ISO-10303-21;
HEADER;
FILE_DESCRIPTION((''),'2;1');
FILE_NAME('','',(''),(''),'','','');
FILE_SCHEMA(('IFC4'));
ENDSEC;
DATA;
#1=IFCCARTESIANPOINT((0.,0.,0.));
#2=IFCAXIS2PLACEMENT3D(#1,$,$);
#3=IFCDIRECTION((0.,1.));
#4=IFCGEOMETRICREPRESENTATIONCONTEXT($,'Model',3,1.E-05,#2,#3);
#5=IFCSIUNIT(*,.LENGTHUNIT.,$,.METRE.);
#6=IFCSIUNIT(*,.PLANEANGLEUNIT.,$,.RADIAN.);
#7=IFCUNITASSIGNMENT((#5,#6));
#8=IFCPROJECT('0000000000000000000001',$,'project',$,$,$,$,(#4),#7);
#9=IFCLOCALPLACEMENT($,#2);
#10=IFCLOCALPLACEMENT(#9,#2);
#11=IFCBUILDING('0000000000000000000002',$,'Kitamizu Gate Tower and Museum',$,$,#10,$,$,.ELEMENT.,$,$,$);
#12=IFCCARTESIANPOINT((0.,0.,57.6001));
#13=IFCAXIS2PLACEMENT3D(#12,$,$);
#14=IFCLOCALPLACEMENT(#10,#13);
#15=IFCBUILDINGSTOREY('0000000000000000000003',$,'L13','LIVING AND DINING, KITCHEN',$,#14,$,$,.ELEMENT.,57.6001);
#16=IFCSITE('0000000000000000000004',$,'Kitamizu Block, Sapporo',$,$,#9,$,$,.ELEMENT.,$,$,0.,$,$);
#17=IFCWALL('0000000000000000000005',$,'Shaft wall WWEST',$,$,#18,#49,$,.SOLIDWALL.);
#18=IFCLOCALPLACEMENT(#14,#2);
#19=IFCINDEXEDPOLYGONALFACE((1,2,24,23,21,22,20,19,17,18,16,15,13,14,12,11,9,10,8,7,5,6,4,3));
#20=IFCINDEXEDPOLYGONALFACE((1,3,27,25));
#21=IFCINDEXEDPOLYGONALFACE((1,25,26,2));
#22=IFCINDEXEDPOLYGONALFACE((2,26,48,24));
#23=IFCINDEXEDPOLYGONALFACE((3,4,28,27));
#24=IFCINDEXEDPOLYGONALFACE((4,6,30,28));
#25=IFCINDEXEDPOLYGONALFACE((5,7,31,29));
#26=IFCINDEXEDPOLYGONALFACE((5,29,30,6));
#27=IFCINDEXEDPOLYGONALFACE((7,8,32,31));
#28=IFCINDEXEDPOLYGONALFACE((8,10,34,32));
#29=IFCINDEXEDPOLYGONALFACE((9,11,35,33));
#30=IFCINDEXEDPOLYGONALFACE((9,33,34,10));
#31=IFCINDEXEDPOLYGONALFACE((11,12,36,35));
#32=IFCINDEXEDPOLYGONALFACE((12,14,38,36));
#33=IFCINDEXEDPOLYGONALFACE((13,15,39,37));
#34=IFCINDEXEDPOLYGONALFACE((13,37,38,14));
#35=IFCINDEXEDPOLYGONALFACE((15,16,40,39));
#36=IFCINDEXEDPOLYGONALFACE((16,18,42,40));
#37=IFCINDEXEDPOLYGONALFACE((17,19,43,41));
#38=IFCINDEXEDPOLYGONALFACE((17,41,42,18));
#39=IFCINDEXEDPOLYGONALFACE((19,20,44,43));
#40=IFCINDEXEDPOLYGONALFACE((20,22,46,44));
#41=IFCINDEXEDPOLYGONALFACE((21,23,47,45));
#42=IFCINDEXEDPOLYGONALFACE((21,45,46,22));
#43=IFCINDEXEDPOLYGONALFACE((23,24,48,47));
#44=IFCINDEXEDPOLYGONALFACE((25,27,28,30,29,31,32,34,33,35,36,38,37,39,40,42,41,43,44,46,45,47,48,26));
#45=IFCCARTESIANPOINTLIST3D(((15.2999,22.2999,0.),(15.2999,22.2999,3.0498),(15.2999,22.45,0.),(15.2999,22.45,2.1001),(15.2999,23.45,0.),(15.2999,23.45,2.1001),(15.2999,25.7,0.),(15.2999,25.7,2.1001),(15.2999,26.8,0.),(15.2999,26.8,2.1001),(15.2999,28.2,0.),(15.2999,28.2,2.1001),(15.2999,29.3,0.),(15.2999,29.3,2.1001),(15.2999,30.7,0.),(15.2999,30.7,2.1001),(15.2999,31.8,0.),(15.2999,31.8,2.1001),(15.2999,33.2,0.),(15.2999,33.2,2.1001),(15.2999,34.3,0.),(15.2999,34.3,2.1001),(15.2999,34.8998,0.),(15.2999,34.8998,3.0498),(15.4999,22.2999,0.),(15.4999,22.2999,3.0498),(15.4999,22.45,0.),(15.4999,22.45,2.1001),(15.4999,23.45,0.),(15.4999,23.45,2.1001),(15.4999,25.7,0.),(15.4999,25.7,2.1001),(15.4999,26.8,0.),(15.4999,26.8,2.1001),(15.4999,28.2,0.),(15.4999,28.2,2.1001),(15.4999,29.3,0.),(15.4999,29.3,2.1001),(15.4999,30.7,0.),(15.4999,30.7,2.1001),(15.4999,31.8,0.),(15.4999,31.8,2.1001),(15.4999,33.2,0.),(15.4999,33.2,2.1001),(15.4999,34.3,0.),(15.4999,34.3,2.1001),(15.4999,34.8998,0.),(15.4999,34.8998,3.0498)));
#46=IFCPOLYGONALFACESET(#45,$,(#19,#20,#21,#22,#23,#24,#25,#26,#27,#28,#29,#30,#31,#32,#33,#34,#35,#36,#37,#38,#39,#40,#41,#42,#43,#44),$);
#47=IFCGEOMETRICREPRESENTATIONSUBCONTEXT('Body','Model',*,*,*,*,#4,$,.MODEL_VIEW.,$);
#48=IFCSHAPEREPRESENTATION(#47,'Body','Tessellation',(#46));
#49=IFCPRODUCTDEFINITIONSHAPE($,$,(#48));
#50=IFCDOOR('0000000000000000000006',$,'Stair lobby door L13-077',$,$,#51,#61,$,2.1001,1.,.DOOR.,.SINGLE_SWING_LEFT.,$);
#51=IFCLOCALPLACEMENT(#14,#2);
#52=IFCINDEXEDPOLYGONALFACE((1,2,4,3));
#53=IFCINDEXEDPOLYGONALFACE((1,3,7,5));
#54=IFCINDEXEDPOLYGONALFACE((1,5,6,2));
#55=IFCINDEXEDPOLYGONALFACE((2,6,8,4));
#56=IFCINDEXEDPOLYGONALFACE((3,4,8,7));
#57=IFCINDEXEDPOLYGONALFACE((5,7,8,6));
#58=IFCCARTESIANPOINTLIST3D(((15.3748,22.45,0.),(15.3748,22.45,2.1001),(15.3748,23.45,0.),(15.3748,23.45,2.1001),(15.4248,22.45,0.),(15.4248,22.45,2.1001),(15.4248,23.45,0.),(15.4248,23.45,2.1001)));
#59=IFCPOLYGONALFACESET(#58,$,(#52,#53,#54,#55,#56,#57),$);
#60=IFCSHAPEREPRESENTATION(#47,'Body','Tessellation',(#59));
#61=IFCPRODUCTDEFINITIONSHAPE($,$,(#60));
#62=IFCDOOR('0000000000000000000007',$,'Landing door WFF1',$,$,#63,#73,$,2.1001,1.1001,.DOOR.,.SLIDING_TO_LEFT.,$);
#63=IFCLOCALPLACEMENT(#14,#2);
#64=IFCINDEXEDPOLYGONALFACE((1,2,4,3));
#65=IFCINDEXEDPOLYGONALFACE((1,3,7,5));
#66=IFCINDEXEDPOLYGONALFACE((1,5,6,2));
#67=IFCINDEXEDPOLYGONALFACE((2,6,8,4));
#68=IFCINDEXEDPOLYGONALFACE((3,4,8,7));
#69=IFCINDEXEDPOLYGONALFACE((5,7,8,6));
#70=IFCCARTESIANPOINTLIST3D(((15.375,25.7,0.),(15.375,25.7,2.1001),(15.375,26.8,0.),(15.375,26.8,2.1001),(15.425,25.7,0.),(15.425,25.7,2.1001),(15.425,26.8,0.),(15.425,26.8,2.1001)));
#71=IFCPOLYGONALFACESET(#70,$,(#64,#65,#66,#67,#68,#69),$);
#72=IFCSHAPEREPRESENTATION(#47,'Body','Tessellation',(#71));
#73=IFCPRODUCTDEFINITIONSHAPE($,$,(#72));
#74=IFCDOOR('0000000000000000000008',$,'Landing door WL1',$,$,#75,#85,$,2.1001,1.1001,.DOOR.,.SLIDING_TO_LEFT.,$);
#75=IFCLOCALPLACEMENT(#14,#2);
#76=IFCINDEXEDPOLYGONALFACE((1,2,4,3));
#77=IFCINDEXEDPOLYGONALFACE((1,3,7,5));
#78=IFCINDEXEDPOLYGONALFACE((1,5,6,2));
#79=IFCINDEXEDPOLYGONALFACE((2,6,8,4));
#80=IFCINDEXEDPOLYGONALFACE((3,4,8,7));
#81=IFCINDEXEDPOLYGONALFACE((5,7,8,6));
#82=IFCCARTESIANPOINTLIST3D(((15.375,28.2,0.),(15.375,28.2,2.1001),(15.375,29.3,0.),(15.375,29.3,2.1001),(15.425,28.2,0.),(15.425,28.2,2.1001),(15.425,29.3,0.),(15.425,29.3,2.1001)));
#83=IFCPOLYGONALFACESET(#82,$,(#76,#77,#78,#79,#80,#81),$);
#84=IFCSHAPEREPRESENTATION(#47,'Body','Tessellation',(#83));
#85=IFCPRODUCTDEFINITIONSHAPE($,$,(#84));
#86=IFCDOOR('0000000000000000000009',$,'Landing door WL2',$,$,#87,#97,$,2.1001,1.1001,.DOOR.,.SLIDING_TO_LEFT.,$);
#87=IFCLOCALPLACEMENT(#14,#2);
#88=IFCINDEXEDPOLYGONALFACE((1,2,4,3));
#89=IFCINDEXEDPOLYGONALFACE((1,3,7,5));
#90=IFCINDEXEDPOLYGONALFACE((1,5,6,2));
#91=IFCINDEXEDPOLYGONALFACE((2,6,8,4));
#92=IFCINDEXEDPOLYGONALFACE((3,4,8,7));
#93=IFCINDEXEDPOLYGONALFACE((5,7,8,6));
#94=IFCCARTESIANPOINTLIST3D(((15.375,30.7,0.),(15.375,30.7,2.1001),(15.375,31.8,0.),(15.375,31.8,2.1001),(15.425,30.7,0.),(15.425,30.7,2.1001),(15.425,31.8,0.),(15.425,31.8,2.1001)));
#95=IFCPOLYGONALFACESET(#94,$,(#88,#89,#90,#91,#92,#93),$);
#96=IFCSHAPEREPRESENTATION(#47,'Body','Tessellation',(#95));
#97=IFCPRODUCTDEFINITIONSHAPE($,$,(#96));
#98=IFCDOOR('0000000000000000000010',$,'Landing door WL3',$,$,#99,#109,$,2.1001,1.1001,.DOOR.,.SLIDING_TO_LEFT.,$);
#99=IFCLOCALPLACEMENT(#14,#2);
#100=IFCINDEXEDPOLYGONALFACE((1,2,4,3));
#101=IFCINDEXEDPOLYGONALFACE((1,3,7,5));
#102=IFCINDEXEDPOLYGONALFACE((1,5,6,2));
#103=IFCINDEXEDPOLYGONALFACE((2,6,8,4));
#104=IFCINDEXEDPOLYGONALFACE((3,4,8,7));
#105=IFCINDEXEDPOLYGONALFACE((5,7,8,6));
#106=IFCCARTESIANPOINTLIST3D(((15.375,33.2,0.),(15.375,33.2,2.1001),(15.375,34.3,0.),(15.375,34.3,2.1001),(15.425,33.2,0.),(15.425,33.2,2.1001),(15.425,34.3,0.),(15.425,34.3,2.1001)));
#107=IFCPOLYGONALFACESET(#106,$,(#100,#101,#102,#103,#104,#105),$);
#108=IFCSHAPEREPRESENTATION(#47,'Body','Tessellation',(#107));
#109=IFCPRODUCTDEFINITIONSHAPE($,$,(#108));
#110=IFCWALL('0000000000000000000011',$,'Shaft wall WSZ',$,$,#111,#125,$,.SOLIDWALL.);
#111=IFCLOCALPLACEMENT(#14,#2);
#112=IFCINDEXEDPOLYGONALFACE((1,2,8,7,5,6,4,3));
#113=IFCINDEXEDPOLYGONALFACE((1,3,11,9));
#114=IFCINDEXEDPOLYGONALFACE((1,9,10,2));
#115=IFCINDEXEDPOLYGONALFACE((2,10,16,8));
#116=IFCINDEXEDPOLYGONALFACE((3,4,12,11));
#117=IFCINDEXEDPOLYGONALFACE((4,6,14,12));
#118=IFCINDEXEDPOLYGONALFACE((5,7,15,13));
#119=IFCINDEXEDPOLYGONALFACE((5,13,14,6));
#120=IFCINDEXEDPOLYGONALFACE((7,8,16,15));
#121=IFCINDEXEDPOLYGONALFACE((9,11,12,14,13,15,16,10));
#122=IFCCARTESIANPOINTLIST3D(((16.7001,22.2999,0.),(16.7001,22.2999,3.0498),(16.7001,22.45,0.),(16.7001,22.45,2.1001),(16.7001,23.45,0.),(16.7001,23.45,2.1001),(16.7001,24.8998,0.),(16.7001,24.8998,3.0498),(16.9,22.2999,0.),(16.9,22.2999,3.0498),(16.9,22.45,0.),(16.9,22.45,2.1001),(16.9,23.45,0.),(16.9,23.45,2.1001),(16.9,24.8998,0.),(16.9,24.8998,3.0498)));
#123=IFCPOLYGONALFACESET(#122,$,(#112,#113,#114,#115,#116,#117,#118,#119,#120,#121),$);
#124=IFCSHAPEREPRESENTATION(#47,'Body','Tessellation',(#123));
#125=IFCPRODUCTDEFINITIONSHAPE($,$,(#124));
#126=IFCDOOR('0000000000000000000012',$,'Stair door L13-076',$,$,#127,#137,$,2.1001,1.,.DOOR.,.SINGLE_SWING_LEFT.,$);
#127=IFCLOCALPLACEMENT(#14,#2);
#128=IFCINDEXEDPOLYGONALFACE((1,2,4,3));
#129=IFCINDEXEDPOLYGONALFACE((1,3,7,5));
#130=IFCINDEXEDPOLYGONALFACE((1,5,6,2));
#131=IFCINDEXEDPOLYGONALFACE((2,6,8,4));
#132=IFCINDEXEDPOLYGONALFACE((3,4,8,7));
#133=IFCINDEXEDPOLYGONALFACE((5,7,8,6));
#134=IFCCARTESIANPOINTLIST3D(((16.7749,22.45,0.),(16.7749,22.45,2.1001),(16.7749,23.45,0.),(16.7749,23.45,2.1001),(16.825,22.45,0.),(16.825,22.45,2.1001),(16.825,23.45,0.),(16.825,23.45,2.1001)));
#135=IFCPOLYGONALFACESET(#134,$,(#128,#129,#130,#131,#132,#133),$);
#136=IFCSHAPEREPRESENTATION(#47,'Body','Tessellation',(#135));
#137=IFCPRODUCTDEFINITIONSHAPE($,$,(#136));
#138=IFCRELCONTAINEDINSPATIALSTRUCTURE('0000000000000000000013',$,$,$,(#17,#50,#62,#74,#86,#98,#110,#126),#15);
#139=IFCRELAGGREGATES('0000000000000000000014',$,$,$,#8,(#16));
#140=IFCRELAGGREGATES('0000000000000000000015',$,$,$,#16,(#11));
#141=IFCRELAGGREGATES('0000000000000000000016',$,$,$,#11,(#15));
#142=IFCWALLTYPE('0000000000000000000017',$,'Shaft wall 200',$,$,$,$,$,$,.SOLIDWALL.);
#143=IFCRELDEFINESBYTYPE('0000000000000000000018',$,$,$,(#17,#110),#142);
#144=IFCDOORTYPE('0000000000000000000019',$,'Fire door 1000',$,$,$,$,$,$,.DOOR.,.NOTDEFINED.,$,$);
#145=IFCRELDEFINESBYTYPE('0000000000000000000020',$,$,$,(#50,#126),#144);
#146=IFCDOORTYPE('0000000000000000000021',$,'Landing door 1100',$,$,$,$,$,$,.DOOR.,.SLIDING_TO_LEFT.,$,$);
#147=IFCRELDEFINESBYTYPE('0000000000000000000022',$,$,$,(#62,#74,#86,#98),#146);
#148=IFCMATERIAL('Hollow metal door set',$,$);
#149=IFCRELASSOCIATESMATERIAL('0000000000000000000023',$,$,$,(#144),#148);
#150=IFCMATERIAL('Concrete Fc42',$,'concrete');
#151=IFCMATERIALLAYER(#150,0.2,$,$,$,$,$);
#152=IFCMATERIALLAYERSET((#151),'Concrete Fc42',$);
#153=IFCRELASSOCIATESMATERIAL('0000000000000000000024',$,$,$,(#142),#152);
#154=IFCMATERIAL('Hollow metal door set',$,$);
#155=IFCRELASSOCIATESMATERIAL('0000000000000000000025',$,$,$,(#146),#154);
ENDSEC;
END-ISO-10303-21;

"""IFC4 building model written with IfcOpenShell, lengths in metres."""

from ifc_helpers import new_model, si_unit, direction, frame, frame_2d, origin, place, context, subcontext, project, spatial, rectangle, extrude, material, layer, layer_set, type_object, element, fill, save


model = new_model("IFC4")

# Units and contexts
model_context = context("Model", 3, precision=1e-05, world=origin(), true_north=direction((0.0, 1.0)))
body_context = subcontext(model_context, "Body", "Model", "MODEL_VIEW")
ifc_project = project(units=[si_unit("LENGTHUNIT", "METRE"), si_unit("PLANEANGLEUNIT", "RADIAN")], contexts=[model_context])

# Site, building, storey
site_placement = place(None, origin())
site = spatial("IfcSite", under=ifc_project, at=site_placement, Name="Kitamizu Block, Sapporo", CompositionType="ELEMENT", RefElevation=0.0)
building_placement = place(site_placement, origin())
building = spatial("IfcBuilding", under=site, at=building_placement, Name="Kitamizu Gate Tower and Museum", CompositionType="ELEMENT")
storey_placement = place(building_placement, frame((0.0, 0.0, 57.6001)))
storey = spatial("IfcBuildingStorey", under=building, at=storey_placement, Name="L13", Description="LIVING AND DINING, KITCHEN", CompositionType="ELEMENT", Elevation=57.6001)

# Shared definitions
ifc_material_1 = material(Name="Hollow metal door set")
door_type_1 = type_object("IfcDoorType", Name="Fire door 1000", OperationType="NOTDEFINED", PredefinedType="DOOR", material=ifc_material_1)

# Wall, openings, doors
ifc_material_2 = material(Name="Concrete Fc42", Category="concrete")
ifc_layer_1 = layer(ifc_material_2, 0.2)
ifc_layer_set_1 = layer_set([ifc_layer_1], Name="Concrete Fc42")
wall_type_1 = type_object("IfcWallType", Name="Shaft wall 200", PredefinedType="SOLIDWALL", material=ifc_layer_set_1)
wall_1_placement = place(storey_placement, frame((15.3999, 22.3, 0.0), z_axis=(0.0, 0.0, 1.0), x_axis=(0.0, 1.0, 0.0)))
wall_1 = element("IfcWall", 1, at=wall_1_placement, inside=storey, type_object=wall_type_1, Name="Shaft wall WWEST", PredefinedType="SOLIDWALL", context=body_context, shape_type="SweptSolid", body=[
    extrude(rectangle(XDim=12.5999, YDim=0.2, at=frame_2d((6.2998, 0.0))), origin(), (0.0, 0.0, 1.0), 3.0498),
])
opening_1_placement = place(wall_1_placement, frame((3.3999, 0.0, 0.0)))
opening_1 = element("IfcOpeningElement", 2, at=opening_1_placement, cuts=wall_1, PredefinedType="OPENING", context=body_context, shape_type="SweptSolid", body=[
    extrude(rectangle(XDim=1.1001, YDim=2.1001, at=frame_2d((0.55, 1.05))), frame((0.0, 0.1099, 0.0), z_axis=(0.0, -1.0, 0.0), x_axis=(1.0, 0.0, 0.0)), (0.0, 0.0, 1.0), 0.22),
])
opening_2_placement = place(wall_1_placement, frame((5.8999, 0.0, 0.0)))
opening_2 = element("IfcOpeningElement", 3, at=opening_2_placement, cuts=wall_1, PredefinedType="OPENING", context=body_context, shape_type="SweptSolid", body=[
    extrude(rectangle(XDim=1.1001, YDim=2.1001, at=frame_2d((0.55, 1.05))), frame((0.0, 0.1099, 0.0), z_axis=(0.0, -1.0, 0.0), x_axis=(1.0, 0.0, 0.0)), (0.0, 0.0, 1.0), 0.22),
])
opening_3_placement = place(wall_1_placement, frame((8.3999, 0.0, 0.0)))
opening_3 = element("IfcOpeningElement", 4, at=opening_3_placement, cuts=wall_1, PredefinedType="OPENING", context=body_context, shape_type="SweptSolid", body=[
    extrude(rectangle(XDim=1.1001, YDim=2.1001, at=frame_2d((0.55, 1.05))), frame((0.0, 0.1099, 0.0), z_axis=(0.0, -1.0, 0.0), x_axis=(1.0, 0.0, 0.0)), (0.0, 0.0, 1.0), 0.22),
])
opening_4_placement = place(wall_1_placement, frame((10.8999, 0.0, 0.0)))
opening_4 = element("IfcOpeningElement", 5, at=opening_4_placement, cuts=wall_1, PredefinedType="OPENING", context=body_context, shape_type="SweptSolid", body=[
    extrude(rectangle(XDim=1.1001, YDim=2.1001, at=frame_2d((0.55, 1.05))), frame((0.0, 0.1099, 0.0), z_axis=(0.0, -1.0, 0.0), x_axis=(1.0, 0.0, 0.0)), (0.0, 0.0, 1.0), 0.22),
])
opening_5_placement = place(wall_1_placement, frame((0.1499, 0.0, 0.0)))
opening_5 = element("IfcOpeningElement", 6, at=opening_5_placement, cuts=wall_1, PredefinedType="OPENING", context=body_context, shape_type="SweptSolid", body=[
    extrude(rectangle(XDim=1.0, YDim=2.1001, at=frame_2d((0.5, 1.05))), frame((0.0, 0.1099, 0.0), z_axis=(0.0, -1.0, 0.0), x_axis=(1.0, 0.0, 0.0)), (0.0, 0.0, 1.0), 0.22),
])
door_1_placement = place(opening_5_placement, frame((1.0, 0.0, 0.0), x_axis=(-1.0, 0.0, 0.0)))
door_1 = element("IfcDoor", 7, at=door_1_placement, inside=storey, type_object=door_type_1, Name="Stair lobby door L13-077", OperationType="SINGLE_SWING_LEFT", OverallHeight=2.1001, OverallWidth=1.0, PredefinedType="DOOR", context=body_context, shape_type="SweptSolid", body=[
    extrude(rectangle(XDim=1.0, YDim=2.1001, at=frame_2d((0.5, 1.05))), frame((0.0, 0.0249, 0.0), z_axis=(0.0, -1.0, 0.0), x_axis=(1.0, 0.0, 0.0)), (0.0, 0.0, 1.0), 0.05),
])
fill(opening_5, door_1)
ifc_material_3 = material(Name="Hollow metal door set")
door_type_2 = type_object("IfcDoorType", Name="Landing door 1100", OperationType="SLIDING_TO_LEFT", PredefinedType="DOOR", material=ifc_material_3)
door_2_placement = place(opening_1_placement, origin())
door_2 = element("IfcDoor", 8, at=door_2_placement, inside=storey, type_object=door_type_2, Name="Landing door WFF1", OperationType="SLIDING_TO_LEFT", OverallHeight=2.1001, OverallWidth=1.1001, PredefinedType="DOOR", context=body_context, shape_type="SweptSolid", body=[
    extrude(rectangle(XDim=1.1001, YDim=2.1001, at=frame_2d((0.55, 1.05))), frame((0.0, 0.0249, 0.0), z_axis=(0.0, -1.0, 0.0), x_axis=(1.0, 0.0, 0.0)), (0.0, 0.0, 1.0), 0.05),
])
fill(opening_1, door_2)
door_3_placement = place(opening_2_placement, origin())
door_3 = element("IfcDoor", 9, at=door_3_placement, inside=storey, type_object=door_type_2, Name="Landing door WL1", OperationType="SLIDING_TO_LEFT", OverallHeight=2.1001, OverallWidth=1.1001, PredefinedType="DOOR", context=body_context, shape_type="SweptSolid", body=[
    extrude(rectangle(XDim=1.1001, YDim=2.1001, at=frame_2d((0.55, 1.05))), frame((0.0, 0.0249, 0.0), z_axis=(0.0, -1.0, 0.0), x_axis=(1.0, 0.0, 0.0)), (0.0, 0.0, 1.0), 0.05),
])
fill(opening_2, door_3)
door_4_placement = place(opening_3_placement, origin())
door_4 = element("IfcDoor", 10, at=door_4_placement, inside=storey, type_object=door_type_2, Name="Landing door WL2", OperationType="SLIDING_TO_LEFT", OverallHeight=2.1001, OverallWidth=1.1001, PredefinedType="DOOR", context=body_context, shape_type="SweptSolid", body=[
    extrude(rectangle(XDim=1.1001, YDim=2.1001, at=frame_2d((0.55, 1.05))), frame((0.0, 0.0249, 0.0), z_axis=(0.0, -1.0, 0.0), x_axis=(1.0, 0.0, 0.0)), (0.0, 0.0, 1.0), 0.05),
])
fill(opening_3, door_4)
door_5_placement = place(opening_4_placement, origin())
door_5 = element("IfcDoor", 11, at=door_5_placement, inside=storey, type_object=door_type_2, Name="Landing door WL3", OperationType="SLIDING_TO_LEFT", OverallHeight=2.1001, OverallWidth=1.1001, PredefinedType="DOOR", context=body_context, shape_type="SweptSolid", body=[
    extrude(rectangle(XDim=1.1001, YDim=2.1001, at=frame_2d((0.55, 1.05))), frame((0.0, 0.0249, 0.0), z_axis=(0.0, -1.0, 0.0), x_axis=(1.0, 0.0, 0.0)), (0.0, 0.0, 1.0), 0.05),
])
fill(opening_4, door_5)

# Wall, opening, door
wall_2_placement = place(storey_placement, frame((16.8, 22.3, 0.0), z_axis=(0.0, 0.0, 1.0), x_axis=(0.0, 1.0, 0.0)))
wall_2 = element("IfcWall", 12, at=wall_2_placement, inside=storey, type_object=wall_type_1, Name="Shaft wall WSZ", PredefinedType="SOLIDWALL", context=body_context, shape_type="SweptSolid", body=[
    extrude(rectangle(XDim=2.5999, YDim=0.2, at=frame_2d((1.2998, 0.0))), origin(), (0.0, 0.0, 1.0), 3.0498),
])
opening_6_placement = place(wall_2_placement, frame((0.1499, 0.0, 0.0)))
opening_6 = element("IfcOpeningElement", 13, at=opening_6_placement, cuts=wall_2, PredefinedType="OPENING", context=body_context, shape_type="SweptSolid", body=[
    extrude(rectangle(XDim=1.0, YDim=2.1001, at=frame_2d((0.5, 1.05))), frame((0.0, 0.1099, 0.0), z_axis=(0.0, -1.0, 0.0), x_axis=(1.0, 0.0, 0.0)), (0.0, 0.0, 1.0), 0.22),
])
door_6_placement = place(opening_6_placement, frame((1.0, 0.0, 0.0), x_axis=(-1.0, 0.0, 0.0)))
door_6 = element("IfcDoor", 14, at=door_6_placement, inside=storey, type_object=door_type_1, Name="Stair door L13-076", OperationType="SINGLE_SWING_LEFT", OverallHeight=2.1001, OverallWidth=1.0, PredefinedType="DOOR", context=body_context, shape_type="SweptSolid", body=[
    extrude(rectangle(XDim=1.0, YDim=2.1001, at=frame_2d((0.5, 1.05))), frame((0.0, 0.0249, 0.0), z_axis=(0.0, -1.0, 0.0), x_axis=(1.0, 0.0, 0.0)), (0.0, 0.0, 1.0), 0.05),
])
fill(opening_6, door_6)

save(model, "model.ifc")
